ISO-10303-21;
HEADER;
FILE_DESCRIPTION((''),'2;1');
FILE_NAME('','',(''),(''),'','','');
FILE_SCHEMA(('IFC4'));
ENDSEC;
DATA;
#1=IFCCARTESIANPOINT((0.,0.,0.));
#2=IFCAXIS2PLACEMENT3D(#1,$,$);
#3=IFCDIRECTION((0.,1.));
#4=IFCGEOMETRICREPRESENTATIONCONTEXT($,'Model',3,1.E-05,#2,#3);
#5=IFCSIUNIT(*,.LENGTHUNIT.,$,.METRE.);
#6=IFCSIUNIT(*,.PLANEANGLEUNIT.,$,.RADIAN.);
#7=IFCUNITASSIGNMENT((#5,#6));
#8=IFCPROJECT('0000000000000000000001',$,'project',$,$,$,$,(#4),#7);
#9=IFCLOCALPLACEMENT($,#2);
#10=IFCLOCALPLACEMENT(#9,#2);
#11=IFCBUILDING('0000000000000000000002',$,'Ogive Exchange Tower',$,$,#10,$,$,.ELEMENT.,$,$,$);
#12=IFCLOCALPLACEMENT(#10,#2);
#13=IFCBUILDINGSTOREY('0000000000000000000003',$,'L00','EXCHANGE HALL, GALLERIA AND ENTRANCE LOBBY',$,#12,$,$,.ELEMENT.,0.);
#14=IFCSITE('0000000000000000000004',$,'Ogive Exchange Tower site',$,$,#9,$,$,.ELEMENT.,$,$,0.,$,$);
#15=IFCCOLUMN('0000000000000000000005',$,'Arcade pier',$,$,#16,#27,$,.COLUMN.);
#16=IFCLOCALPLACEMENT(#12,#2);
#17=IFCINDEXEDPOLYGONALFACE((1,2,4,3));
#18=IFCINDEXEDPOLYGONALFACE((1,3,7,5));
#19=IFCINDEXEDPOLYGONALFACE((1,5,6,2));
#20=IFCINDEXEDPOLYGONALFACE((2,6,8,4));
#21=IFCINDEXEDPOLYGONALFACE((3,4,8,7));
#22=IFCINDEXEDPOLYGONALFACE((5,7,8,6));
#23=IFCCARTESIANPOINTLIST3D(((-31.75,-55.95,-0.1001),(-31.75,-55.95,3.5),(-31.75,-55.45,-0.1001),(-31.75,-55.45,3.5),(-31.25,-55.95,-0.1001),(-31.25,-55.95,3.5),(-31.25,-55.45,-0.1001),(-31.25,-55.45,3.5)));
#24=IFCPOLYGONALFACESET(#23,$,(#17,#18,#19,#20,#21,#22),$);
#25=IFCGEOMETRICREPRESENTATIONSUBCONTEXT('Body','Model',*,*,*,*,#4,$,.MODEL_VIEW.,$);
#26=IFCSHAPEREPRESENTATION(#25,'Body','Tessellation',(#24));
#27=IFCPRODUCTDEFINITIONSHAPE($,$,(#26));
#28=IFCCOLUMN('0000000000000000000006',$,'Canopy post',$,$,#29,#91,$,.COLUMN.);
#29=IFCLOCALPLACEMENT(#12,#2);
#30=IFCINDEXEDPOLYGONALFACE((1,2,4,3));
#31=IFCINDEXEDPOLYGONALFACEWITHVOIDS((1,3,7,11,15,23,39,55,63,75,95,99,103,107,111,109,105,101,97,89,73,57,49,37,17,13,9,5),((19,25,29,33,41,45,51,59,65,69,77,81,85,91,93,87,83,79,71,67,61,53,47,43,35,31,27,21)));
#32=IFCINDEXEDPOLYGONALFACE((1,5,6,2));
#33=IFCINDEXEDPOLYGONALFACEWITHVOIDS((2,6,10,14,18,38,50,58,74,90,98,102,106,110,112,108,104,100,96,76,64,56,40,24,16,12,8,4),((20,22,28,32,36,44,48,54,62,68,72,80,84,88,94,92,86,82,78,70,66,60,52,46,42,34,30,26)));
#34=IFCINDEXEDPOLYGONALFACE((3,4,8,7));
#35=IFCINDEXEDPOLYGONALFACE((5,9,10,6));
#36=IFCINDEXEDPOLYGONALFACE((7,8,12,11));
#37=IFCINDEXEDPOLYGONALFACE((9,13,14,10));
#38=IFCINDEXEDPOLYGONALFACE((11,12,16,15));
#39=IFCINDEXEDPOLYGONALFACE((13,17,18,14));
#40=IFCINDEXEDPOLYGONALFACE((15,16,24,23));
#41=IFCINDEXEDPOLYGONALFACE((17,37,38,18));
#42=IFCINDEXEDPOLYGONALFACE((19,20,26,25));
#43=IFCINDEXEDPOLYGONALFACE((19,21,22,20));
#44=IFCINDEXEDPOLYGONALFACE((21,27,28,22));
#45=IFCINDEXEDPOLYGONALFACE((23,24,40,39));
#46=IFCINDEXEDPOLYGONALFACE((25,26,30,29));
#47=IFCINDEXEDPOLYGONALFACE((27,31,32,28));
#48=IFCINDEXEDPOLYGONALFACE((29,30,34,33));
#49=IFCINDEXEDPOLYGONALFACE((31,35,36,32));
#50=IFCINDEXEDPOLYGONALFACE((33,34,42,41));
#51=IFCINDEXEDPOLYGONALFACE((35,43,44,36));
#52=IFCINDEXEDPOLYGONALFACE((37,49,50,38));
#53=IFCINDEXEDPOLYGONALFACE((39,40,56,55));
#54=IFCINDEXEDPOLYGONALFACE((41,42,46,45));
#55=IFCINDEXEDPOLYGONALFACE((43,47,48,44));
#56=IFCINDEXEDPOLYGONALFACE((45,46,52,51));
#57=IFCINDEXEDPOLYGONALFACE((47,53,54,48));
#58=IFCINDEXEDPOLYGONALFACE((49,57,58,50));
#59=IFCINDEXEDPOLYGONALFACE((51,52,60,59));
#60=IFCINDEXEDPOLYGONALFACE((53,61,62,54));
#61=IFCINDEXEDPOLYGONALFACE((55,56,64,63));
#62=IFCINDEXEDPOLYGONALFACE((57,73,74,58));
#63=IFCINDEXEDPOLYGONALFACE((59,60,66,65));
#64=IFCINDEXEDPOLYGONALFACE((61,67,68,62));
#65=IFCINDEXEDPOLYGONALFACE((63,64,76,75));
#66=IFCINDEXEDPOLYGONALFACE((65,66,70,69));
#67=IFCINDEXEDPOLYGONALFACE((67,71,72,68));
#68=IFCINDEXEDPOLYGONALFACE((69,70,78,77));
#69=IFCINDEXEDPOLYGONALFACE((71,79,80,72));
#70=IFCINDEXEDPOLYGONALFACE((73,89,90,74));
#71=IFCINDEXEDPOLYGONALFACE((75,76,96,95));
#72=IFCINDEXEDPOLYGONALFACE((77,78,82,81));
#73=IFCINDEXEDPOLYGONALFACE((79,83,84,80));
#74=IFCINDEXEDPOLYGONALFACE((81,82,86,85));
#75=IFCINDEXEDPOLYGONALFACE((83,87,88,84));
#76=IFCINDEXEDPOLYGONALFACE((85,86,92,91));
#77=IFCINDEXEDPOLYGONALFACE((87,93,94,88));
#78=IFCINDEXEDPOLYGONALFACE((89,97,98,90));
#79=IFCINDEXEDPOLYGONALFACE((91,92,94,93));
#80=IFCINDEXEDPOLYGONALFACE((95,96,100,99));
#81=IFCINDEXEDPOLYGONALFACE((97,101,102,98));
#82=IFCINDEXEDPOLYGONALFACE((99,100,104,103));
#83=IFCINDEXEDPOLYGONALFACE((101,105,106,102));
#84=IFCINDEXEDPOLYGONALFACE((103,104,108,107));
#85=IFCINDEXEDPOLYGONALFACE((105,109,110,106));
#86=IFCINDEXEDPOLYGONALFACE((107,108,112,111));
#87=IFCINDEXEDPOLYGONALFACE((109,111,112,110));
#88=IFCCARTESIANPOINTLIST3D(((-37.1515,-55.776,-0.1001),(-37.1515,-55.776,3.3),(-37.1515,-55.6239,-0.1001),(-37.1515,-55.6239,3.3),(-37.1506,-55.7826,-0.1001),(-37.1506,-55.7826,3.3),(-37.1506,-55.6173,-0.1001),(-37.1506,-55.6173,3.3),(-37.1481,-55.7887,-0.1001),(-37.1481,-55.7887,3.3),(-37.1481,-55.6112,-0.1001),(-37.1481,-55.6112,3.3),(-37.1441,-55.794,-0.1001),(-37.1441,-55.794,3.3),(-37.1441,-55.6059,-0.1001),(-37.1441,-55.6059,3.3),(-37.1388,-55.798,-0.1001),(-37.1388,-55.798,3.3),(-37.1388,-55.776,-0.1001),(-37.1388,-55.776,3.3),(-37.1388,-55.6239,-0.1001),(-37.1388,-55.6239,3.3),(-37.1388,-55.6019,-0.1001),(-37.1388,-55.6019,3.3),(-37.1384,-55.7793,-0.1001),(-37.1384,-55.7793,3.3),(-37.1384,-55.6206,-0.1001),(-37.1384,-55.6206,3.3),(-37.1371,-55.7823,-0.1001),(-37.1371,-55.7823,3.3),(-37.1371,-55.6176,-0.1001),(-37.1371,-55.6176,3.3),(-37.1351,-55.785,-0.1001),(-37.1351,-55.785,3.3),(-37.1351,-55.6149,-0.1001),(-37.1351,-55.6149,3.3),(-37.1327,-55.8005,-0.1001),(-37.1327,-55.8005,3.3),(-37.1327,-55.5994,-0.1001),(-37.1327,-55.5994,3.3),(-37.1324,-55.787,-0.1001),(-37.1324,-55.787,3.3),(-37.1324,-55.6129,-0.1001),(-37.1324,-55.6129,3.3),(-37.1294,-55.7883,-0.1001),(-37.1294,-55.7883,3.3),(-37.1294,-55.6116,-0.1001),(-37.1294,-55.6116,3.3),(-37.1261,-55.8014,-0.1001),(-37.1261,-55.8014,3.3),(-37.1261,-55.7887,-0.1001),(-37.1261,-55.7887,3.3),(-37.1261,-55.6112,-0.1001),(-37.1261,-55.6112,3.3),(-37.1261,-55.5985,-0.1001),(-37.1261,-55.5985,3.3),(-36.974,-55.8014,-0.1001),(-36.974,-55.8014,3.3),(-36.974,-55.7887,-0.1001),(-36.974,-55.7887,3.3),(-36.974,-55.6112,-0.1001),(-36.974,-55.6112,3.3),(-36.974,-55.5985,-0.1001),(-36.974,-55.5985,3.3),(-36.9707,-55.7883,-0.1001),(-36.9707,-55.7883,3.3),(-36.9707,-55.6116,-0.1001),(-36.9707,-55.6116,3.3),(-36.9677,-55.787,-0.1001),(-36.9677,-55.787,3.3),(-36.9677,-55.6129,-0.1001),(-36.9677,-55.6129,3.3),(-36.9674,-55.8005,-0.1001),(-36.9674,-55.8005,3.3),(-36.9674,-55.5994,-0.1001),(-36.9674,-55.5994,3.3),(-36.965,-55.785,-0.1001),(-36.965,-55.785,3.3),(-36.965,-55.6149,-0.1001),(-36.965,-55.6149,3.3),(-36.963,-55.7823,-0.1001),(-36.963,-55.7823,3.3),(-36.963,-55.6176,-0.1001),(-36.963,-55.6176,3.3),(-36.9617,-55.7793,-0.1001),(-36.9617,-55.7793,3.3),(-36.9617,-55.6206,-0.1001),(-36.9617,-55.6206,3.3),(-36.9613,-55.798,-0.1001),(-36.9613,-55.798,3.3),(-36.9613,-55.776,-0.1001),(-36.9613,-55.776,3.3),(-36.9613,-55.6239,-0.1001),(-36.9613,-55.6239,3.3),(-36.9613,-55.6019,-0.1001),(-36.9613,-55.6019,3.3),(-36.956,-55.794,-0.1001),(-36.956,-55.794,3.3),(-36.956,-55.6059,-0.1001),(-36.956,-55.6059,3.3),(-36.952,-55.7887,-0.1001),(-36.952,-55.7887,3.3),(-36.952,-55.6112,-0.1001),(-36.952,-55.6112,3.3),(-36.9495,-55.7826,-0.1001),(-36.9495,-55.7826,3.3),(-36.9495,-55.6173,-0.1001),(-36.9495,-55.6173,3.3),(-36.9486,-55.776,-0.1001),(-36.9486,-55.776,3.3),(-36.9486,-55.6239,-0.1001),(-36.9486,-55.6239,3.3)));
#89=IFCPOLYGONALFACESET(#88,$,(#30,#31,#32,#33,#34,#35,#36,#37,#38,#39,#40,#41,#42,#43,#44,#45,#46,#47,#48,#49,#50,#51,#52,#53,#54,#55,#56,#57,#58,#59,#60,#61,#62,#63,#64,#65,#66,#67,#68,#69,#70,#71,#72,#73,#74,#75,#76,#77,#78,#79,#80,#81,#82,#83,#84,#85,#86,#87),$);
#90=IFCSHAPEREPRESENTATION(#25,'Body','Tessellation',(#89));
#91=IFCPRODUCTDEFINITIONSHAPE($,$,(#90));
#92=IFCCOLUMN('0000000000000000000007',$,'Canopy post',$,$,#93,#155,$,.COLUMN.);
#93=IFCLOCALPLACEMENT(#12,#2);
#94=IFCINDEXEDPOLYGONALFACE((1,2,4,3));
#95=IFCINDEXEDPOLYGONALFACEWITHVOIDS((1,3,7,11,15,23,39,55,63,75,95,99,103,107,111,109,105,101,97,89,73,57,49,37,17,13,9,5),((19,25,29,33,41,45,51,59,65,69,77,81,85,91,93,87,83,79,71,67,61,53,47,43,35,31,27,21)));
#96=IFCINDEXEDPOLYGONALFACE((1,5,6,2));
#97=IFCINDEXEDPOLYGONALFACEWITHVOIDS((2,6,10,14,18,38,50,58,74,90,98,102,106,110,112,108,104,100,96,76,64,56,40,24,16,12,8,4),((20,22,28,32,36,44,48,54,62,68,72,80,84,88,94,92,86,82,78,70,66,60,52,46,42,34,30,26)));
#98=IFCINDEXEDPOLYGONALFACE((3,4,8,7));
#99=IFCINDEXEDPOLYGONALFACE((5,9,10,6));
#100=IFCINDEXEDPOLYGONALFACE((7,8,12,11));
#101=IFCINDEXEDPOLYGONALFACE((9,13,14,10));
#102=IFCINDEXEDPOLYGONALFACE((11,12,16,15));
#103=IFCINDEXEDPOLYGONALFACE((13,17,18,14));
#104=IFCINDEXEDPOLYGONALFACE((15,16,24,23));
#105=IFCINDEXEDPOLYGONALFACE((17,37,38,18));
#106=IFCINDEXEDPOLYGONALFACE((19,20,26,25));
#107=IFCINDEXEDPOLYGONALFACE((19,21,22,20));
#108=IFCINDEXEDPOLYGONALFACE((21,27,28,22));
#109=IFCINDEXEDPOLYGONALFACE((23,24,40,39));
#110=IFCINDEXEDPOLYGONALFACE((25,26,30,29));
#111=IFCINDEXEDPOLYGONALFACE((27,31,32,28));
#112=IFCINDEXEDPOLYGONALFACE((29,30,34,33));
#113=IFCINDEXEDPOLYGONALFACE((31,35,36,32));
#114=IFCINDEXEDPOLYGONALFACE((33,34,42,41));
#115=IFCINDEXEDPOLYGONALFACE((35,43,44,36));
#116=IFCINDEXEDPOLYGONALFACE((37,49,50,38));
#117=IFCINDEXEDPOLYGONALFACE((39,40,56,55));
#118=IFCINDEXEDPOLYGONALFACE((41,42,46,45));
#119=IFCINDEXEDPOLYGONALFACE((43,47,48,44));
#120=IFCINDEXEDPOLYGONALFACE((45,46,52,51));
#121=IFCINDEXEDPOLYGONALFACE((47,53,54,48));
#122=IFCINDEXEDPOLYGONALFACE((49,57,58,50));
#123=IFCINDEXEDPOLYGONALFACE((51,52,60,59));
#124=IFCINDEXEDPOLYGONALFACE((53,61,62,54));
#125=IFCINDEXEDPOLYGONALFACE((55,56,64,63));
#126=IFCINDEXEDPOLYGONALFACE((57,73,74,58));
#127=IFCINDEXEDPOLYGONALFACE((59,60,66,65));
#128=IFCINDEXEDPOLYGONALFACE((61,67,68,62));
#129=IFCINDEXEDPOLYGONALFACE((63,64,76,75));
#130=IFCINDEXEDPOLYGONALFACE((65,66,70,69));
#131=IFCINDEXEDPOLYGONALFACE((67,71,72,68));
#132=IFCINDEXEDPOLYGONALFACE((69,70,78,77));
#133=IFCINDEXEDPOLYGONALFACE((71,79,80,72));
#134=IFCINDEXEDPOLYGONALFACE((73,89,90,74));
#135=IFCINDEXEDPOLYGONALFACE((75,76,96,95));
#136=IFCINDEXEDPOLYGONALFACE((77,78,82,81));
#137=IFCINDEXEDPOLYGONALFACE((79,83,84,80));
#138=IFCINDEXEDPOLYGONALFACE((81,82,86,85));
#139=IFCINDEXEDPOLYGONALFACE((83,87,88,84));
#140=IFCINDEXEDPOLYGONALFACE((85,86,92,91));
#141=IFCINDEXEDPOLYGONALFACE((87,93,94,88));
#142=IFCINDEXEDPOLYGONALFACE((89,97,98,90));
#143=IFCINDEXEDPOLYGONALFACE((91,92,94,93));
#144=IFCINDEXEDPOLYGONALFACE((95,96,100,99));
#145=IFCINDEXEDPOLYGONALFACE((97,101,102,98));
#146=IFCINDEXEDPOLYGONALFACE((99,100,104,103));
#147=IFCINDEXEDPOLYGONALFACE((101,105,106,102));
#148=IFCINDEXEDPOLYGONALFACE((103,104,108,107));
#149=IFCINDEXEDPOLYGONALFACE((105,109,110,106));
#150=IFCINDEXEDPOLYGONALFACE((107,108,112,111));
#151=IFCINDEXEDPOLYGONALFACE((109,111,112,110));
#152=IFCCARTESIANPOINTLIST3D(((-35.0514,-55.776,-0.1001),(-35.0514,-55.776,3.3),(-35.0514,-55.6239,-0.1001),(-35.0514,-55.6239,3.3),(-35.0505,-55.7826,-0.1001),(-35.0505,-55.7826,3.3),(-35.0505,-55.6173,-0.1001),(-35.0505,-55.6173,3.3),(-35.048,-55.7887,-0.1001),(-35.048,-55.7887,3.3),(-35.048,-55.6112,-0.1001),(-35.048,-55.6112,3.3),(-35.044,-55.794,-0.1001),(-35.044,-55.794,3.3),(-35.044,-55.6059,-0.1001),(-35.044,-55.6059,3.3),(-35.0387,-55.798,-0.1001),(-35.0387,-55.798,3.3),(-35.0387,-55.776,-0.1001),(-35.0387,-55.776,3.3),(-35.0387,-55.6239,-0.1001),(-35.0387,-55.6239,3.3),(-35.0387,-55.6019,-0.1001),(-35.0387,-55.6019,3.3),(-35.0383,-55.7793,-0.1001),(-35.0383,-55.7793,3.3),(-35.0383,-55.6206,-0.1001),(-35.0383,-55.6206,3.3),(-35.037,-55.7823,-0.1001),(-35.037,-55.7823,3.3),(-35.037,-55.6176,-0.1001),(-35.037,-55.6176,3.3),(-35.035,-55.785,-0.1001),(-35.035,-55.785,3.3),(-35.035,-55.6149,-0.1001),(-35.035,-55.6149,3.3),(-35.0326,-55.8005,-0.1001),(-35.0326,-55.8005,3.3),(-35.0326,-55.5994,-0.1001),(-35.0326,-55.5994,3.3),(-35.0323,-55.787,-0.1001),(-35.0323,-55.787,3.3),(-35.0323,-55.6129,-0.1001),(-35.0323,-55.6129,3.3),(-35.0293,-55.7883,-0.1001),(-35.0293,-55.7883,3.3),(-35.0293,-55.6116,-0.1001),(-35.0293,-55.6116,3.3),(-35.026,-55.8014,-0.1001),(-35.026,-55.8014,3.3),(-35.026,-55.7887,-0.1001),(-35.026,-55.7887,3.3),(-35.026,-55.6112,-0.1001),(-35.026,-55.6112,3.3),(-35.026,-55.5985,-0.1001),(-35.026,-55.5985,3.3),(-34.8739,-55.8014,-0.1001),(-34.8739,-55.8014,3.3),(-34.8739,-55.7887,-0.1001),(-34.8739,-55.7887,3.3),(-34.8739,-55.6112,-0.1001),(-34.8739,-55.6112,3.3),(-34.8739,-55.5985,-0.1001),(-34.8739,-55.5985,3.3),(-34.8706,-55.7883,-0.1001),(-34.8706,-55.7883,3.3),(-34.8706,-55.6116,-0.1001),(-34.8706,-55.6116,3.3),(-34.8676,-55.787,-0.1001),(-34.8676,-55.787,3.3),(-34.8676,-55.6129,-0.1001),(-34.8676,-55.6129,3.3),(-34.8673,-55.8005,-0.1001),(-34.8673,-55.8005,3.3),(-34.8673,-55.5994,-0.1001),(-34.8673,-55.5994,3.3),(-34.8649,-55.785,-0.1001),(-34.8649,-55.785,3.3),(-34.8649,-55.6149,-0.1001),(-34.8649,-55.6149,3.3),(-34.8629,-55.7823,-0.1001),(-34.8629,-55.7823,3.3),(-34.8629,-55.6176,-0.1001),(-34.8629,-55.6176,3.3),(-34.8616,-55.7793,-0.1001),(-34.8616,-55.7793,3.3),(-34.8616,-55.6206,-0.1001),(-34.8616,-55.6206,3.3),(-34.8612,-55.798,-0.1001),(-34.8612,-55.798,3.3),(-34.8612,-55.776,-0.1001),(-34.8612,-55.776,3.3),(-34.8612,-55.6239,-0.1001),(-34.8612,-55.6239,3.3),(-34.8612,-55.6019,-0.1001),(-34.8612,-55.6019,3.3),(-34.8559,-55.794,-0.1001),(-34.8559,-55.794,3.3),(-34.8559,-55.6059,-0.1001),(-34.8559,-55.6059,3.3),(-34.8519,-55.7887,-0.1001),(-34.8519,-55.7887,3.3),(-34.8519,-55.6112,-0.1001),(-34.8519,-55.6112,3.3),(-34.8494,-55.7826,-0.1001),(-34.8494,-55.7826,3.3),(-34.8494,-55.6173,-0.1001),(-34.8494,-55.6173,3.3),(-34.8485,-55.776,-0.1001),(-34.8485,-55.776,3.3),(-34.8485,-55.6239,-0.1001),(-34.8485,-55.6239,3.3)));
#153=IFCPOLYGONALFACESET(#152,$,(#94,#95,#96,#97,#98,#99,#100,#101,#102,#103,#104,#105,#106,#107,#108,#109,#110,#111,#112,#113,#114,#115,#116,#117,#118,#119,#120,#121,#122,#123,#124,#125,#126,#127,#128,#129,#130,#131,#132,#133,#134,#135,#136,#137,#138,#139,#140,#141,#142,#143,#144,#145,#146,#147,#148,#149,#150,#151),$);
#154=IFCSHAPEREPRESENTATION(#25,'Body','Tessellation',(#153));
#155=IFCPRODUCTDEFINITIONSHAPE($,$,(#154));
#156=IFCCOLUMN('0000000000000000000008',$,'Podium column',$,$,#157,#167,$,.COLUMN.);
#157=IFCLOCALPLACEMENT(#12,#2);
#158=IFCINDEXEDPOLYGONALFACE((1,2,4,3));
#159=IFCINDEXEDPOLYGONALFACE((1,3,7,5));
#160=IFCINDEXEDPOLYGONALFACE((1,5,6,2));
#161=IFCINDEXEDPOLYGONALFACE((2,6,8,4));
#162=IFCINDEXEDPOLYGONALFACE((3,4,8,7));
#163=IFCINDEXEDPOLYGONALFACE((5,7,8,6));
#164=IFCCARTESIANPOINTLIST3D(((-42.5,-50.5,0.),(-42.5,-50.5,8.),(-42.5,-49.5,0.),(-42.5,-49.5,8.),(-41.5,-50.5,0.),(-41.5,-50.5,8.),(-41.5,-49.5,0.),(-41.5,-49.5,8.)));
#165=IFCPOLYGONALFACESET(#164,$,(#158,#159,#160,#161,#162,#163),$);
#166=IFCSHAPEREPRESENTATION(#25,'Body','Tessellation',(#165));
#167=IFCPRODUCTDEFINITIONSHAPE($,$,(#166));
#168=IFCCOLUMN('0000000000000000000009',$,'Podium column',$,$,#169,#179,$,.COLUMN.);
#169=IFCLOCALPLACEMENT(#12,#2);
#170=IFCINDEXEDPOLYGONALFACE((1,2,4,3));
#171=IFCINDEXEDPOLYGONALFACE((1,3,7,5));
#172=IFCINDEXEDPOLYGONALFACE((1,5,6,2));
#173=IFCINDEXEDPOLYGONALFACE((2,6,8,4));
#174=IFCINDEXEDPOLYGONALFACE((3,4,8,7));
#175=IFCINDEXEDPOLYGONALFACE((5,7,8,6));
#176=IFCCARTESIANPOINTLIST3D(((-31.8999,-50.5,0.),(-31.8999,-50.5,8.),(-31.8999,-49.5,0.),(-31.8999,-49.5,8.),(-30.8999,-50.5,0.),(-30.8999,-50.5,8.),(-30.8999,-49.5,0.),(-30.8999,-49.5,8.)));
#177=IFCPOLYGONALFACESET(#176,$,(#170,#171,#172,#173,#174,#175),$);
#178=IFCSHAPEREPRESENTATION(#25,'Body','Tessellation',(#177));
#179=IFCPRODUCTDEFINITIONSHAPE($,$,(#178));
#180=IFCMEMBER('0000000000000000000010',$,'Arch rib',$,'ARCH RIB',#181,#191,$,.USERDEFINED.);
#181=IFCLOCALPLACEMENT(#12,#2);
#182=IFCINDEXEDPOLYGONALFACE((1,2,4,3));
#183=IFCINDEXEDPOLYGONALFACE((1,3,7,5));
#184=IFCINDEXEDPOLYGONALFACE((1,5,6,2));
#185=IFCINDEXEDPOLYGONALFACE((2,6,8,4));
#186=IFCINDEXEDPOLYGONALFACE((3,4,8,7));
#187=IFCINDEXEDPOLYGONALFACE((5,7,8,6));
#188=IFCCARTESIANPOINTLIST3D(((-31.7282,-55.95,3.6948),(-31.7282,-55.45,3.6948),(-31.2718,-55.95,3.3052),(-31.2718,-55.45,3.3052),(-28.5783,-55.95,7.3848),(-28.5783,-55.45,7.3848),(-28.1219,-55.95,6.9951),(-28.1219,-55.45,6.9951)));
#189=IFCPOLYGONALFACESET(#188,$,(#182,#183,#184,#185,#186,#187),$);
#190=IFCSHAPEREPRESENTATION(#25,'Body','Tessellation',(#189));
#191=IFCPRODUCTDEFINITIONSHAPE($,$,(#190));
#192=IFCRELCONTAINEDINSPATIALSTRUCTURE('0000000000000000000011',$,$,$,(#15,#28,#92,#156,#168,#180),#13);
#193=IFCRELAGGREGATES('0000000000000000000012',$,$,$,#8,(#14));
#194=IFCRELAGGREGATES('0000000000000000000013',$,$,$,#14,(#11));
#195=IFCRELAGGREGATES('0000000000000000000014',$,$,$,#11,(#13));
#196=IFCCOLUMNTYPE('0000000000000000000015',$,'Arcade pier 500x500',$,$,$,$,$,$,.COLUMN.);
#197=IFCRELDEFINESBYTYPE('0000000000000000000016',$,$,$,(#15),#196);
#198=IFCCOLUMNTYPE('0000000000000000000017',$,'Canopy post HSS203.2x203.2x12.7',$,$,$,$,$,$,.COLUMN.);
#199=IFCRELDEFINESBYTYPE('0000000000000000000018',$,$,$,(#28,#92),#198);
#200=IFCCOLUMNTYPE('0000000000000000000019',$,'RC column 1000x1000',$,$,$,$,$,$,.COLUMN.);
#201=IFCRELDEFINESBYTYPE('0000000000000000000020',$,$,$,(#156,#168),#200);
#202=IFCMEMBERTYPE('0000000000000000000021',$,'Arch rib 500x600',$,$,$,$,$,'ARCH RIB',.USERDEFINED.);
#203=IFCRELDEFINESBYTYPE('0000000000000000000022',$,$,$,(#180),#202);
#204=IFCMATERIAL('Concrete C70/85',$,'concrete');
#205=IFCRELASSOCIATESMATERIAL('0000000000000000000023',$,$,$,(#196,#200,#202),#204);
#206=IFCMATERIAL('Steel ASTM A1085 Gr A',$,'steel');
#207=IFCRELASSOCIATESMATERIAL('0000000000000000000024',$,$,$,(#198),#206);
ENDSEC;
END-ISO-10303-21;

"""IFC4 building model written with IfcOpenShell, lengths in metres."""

from ifc_helpers import new_model, si_unit, direction, frame, origin, origin_2d, place, context, subcontext, project, spatial, rectangle, hollow_rectangle, extrude, material, material_profile, profile_set, type_object, element, save


model = new_model("IFC4")

# Units and contexts
model_context = context("Model", 3, precision=1e-05, world=origin(), true_north=direction((0.0, 1.0)))
body_context = subcontext(model_context, "Body", "Model", "MODEL_VIEW")
ifc_project = project(units=[si_unit("LENGTHUNIT", "METRE"), si_unit("PLANEANGLEUNIT", "RADIAN")], contexts=[model_context])

# Site, building, storey
site_placement = place(None, origin())
site = spatial("IfcSite", under=ifc_project, at=site_placement, Name="Ogive Exchange Tower site", CompositionType="ELEMENT", RefElevation=0.0)
building_placement = place(site_placement, origin())
building = spatial("IfcBuilding", under=site, at=building_placement, Name="Ogive Exchange Tower", CompositionType="ELEMENT")
storey_placement = place(building_placement, origin())
storey = spatial("IfcBuildingStorey", under=building, at=storey_placement, Name="L00", Description="EXCHANGE HALL, GALLERIA AND ENTRANCE LOBBY", CompositionType="ELEMENT", Elevation=0.0)

# Columns
ifc_material_1 = material(Name="Concrete C70/85", Category="concrete")
ifc_material_profile_1 = material_profile(ifc_material_1, rectangle(XDim=0.5, YDim=0.5, at=origin_2d()), Name="RC 500x500")
ifc_profile_set_1 = profile_set([ifc_material_profile_1], Name="Concrete C70/85")
column_type_1 = type_object("IfcColumnType", Name="Arcade pier 500x500", PredefinedType="COLUMN", material=ifc_profile_set_1)
column_placement = place(storey_placement, frame((-31.5, -55.7, -0.1001), z_axis=(0.0, 0.0, 1.0), x_axis=(1.0, 0.0, 0.0)))
element("IfcColumn", 1, at=column_placement, inside=storey, type_object=column_type_1, Name="Arcade pier", PredefinedType="COLUMN", context=body_context, shape_type="SweptSolid", body=[
    extrude(rectangle(XDim=0.5, YDim=0.5, at=origin_2d()), origin(), (0.0, 0.0, 1.0), 3.6001),
])
ifc_material_2 = material(Name="Steel ASTM A1085 Gr A", Category="steel")
ifc_material_profile_2 = material_profile(ifc_material_2, hollow_rectangle(XDim=0.2029, YDim=0.2029, WallThickness=0.0127, InnerFilletRadius=0.0127, OuterFilletRadius=0.0254, at=origin_2d()), Name="HSS203.2x203.2x12.7")
ifc_profile_set_2 = profile_set([ifc_material_profile_2], Name="Steel ASTM A1085 Gr A")
column_type_2 = type_object("IfcColumnType", Name="Canopy post HSS203.2x203.2x12.7", PredefinedType="COLUMN", material=ifc_profile_set_2)
for number, where, z_axis, x_axis, name in (
    (2, (-37.05, -55.7, -0.1001), (0.0, 0.0, 1.0), (1.0, 0.0, 0.0), "Canopy post"),
    (3, (-34.95, -55.7, -0.1001), (0.0, 0.0, 1.0), (1.0, 0.0, 0.0), "Canopy post"),
):
    element("IfcColumn", number, at=place(storey_placement, frame(where, z_axis=z_axis, x_axis=x_axis)), inside=storey, type_object=column_type_2, Name=name, PredefinedType="COLUMN", context=body_context, shape_type="SweptSolid", body=[
        extrude(hollow_rectangle(XDim=0.2029, YDim=0.2029, WallThickness=0.0127, InnerFilletRadius=0.0127, OuterFilletRadius=0.0254, at=origin_2d()), origin(), (0.0, 0.0, 1.0), 3.4001),
    ])
ifc_material_profile_3 = material_profile(ifc_material_1, rectangle(XDim=1.0, YDim=1.0, at=origin_2d()), Name="RC 1000x1000")
ifc_profile_set_3 = profile_set([ifc_material_profile_3], Name="Concrete C70/85")
column_type_3 = type_object("IfcColumnType", Name="RC column 1000x1000", PredefinedType="COLUMN", material=ifc_profile_set_3)
for number, where, z_axis, x_axis, name in (
    (4, (-42.0, -50.0, 0.0), (0.0, 0.0, 1.0), (1.0, 0.0, 0.0), "Podium column"),
    (5, (-31.3999, -50.0, 0.0), (0.0, 0.0, 1.0), (1.0, 0.0, 0.0), "Podium column"),
):
    element("IfcColumn", number, at=place(storey_placement, frame(where, z_axis=z_axis, x_axis=x_axis)), inside=storey, type_object=column_type_3, Name=name, PredefinedType="COLUMN", context=body_context, shape_type="SweptSolid", body=[
        extrude(rectangle(XDim=1.0, YDim=1.0, at=origin_2d()), origin(), (0.0, 0.0, 1.0), 8.0),
    ])

# Member
ifc_material_profile_4 = material_profile(ifc_material_1, rectangle(XDim=0.5, YDim=0.6001, at=origin_2d()), Name="PC 500x600")
ifc_profile_set_4 = profile_set([ifc_material_profile_4], Name="Concrete C70/85")
member_type_1 = type_object("IfcMemberType", Name="Arch rib 500x600", ElementType="ARCH RIB", PredefinedType="USERDEFINED", material=ifc_profile_set_4)
member_1_placement = place(storey_placement, frame((-31.5, -55.7, 3.5), z_axis=(0.649257, 0.0, 0.760569), x_axis=(0.0, 1.0, 0.0)))
element("IfcMember", 6, at=member_1_placement, inside=storey, type_object=member_type_1, Name="Arch rib", ObjectType="ARCH RIB", PredefinedType="USERDEFINED", context=body_context, shape_type="SweptSolid", body=[
    extrude(rectangle(XDim=0.5, YDim=0.6001, at=origin_2d()), origin(), (0.0, 0.0, 1.0), 4.8516),
])

save(model, "model.ifc")
